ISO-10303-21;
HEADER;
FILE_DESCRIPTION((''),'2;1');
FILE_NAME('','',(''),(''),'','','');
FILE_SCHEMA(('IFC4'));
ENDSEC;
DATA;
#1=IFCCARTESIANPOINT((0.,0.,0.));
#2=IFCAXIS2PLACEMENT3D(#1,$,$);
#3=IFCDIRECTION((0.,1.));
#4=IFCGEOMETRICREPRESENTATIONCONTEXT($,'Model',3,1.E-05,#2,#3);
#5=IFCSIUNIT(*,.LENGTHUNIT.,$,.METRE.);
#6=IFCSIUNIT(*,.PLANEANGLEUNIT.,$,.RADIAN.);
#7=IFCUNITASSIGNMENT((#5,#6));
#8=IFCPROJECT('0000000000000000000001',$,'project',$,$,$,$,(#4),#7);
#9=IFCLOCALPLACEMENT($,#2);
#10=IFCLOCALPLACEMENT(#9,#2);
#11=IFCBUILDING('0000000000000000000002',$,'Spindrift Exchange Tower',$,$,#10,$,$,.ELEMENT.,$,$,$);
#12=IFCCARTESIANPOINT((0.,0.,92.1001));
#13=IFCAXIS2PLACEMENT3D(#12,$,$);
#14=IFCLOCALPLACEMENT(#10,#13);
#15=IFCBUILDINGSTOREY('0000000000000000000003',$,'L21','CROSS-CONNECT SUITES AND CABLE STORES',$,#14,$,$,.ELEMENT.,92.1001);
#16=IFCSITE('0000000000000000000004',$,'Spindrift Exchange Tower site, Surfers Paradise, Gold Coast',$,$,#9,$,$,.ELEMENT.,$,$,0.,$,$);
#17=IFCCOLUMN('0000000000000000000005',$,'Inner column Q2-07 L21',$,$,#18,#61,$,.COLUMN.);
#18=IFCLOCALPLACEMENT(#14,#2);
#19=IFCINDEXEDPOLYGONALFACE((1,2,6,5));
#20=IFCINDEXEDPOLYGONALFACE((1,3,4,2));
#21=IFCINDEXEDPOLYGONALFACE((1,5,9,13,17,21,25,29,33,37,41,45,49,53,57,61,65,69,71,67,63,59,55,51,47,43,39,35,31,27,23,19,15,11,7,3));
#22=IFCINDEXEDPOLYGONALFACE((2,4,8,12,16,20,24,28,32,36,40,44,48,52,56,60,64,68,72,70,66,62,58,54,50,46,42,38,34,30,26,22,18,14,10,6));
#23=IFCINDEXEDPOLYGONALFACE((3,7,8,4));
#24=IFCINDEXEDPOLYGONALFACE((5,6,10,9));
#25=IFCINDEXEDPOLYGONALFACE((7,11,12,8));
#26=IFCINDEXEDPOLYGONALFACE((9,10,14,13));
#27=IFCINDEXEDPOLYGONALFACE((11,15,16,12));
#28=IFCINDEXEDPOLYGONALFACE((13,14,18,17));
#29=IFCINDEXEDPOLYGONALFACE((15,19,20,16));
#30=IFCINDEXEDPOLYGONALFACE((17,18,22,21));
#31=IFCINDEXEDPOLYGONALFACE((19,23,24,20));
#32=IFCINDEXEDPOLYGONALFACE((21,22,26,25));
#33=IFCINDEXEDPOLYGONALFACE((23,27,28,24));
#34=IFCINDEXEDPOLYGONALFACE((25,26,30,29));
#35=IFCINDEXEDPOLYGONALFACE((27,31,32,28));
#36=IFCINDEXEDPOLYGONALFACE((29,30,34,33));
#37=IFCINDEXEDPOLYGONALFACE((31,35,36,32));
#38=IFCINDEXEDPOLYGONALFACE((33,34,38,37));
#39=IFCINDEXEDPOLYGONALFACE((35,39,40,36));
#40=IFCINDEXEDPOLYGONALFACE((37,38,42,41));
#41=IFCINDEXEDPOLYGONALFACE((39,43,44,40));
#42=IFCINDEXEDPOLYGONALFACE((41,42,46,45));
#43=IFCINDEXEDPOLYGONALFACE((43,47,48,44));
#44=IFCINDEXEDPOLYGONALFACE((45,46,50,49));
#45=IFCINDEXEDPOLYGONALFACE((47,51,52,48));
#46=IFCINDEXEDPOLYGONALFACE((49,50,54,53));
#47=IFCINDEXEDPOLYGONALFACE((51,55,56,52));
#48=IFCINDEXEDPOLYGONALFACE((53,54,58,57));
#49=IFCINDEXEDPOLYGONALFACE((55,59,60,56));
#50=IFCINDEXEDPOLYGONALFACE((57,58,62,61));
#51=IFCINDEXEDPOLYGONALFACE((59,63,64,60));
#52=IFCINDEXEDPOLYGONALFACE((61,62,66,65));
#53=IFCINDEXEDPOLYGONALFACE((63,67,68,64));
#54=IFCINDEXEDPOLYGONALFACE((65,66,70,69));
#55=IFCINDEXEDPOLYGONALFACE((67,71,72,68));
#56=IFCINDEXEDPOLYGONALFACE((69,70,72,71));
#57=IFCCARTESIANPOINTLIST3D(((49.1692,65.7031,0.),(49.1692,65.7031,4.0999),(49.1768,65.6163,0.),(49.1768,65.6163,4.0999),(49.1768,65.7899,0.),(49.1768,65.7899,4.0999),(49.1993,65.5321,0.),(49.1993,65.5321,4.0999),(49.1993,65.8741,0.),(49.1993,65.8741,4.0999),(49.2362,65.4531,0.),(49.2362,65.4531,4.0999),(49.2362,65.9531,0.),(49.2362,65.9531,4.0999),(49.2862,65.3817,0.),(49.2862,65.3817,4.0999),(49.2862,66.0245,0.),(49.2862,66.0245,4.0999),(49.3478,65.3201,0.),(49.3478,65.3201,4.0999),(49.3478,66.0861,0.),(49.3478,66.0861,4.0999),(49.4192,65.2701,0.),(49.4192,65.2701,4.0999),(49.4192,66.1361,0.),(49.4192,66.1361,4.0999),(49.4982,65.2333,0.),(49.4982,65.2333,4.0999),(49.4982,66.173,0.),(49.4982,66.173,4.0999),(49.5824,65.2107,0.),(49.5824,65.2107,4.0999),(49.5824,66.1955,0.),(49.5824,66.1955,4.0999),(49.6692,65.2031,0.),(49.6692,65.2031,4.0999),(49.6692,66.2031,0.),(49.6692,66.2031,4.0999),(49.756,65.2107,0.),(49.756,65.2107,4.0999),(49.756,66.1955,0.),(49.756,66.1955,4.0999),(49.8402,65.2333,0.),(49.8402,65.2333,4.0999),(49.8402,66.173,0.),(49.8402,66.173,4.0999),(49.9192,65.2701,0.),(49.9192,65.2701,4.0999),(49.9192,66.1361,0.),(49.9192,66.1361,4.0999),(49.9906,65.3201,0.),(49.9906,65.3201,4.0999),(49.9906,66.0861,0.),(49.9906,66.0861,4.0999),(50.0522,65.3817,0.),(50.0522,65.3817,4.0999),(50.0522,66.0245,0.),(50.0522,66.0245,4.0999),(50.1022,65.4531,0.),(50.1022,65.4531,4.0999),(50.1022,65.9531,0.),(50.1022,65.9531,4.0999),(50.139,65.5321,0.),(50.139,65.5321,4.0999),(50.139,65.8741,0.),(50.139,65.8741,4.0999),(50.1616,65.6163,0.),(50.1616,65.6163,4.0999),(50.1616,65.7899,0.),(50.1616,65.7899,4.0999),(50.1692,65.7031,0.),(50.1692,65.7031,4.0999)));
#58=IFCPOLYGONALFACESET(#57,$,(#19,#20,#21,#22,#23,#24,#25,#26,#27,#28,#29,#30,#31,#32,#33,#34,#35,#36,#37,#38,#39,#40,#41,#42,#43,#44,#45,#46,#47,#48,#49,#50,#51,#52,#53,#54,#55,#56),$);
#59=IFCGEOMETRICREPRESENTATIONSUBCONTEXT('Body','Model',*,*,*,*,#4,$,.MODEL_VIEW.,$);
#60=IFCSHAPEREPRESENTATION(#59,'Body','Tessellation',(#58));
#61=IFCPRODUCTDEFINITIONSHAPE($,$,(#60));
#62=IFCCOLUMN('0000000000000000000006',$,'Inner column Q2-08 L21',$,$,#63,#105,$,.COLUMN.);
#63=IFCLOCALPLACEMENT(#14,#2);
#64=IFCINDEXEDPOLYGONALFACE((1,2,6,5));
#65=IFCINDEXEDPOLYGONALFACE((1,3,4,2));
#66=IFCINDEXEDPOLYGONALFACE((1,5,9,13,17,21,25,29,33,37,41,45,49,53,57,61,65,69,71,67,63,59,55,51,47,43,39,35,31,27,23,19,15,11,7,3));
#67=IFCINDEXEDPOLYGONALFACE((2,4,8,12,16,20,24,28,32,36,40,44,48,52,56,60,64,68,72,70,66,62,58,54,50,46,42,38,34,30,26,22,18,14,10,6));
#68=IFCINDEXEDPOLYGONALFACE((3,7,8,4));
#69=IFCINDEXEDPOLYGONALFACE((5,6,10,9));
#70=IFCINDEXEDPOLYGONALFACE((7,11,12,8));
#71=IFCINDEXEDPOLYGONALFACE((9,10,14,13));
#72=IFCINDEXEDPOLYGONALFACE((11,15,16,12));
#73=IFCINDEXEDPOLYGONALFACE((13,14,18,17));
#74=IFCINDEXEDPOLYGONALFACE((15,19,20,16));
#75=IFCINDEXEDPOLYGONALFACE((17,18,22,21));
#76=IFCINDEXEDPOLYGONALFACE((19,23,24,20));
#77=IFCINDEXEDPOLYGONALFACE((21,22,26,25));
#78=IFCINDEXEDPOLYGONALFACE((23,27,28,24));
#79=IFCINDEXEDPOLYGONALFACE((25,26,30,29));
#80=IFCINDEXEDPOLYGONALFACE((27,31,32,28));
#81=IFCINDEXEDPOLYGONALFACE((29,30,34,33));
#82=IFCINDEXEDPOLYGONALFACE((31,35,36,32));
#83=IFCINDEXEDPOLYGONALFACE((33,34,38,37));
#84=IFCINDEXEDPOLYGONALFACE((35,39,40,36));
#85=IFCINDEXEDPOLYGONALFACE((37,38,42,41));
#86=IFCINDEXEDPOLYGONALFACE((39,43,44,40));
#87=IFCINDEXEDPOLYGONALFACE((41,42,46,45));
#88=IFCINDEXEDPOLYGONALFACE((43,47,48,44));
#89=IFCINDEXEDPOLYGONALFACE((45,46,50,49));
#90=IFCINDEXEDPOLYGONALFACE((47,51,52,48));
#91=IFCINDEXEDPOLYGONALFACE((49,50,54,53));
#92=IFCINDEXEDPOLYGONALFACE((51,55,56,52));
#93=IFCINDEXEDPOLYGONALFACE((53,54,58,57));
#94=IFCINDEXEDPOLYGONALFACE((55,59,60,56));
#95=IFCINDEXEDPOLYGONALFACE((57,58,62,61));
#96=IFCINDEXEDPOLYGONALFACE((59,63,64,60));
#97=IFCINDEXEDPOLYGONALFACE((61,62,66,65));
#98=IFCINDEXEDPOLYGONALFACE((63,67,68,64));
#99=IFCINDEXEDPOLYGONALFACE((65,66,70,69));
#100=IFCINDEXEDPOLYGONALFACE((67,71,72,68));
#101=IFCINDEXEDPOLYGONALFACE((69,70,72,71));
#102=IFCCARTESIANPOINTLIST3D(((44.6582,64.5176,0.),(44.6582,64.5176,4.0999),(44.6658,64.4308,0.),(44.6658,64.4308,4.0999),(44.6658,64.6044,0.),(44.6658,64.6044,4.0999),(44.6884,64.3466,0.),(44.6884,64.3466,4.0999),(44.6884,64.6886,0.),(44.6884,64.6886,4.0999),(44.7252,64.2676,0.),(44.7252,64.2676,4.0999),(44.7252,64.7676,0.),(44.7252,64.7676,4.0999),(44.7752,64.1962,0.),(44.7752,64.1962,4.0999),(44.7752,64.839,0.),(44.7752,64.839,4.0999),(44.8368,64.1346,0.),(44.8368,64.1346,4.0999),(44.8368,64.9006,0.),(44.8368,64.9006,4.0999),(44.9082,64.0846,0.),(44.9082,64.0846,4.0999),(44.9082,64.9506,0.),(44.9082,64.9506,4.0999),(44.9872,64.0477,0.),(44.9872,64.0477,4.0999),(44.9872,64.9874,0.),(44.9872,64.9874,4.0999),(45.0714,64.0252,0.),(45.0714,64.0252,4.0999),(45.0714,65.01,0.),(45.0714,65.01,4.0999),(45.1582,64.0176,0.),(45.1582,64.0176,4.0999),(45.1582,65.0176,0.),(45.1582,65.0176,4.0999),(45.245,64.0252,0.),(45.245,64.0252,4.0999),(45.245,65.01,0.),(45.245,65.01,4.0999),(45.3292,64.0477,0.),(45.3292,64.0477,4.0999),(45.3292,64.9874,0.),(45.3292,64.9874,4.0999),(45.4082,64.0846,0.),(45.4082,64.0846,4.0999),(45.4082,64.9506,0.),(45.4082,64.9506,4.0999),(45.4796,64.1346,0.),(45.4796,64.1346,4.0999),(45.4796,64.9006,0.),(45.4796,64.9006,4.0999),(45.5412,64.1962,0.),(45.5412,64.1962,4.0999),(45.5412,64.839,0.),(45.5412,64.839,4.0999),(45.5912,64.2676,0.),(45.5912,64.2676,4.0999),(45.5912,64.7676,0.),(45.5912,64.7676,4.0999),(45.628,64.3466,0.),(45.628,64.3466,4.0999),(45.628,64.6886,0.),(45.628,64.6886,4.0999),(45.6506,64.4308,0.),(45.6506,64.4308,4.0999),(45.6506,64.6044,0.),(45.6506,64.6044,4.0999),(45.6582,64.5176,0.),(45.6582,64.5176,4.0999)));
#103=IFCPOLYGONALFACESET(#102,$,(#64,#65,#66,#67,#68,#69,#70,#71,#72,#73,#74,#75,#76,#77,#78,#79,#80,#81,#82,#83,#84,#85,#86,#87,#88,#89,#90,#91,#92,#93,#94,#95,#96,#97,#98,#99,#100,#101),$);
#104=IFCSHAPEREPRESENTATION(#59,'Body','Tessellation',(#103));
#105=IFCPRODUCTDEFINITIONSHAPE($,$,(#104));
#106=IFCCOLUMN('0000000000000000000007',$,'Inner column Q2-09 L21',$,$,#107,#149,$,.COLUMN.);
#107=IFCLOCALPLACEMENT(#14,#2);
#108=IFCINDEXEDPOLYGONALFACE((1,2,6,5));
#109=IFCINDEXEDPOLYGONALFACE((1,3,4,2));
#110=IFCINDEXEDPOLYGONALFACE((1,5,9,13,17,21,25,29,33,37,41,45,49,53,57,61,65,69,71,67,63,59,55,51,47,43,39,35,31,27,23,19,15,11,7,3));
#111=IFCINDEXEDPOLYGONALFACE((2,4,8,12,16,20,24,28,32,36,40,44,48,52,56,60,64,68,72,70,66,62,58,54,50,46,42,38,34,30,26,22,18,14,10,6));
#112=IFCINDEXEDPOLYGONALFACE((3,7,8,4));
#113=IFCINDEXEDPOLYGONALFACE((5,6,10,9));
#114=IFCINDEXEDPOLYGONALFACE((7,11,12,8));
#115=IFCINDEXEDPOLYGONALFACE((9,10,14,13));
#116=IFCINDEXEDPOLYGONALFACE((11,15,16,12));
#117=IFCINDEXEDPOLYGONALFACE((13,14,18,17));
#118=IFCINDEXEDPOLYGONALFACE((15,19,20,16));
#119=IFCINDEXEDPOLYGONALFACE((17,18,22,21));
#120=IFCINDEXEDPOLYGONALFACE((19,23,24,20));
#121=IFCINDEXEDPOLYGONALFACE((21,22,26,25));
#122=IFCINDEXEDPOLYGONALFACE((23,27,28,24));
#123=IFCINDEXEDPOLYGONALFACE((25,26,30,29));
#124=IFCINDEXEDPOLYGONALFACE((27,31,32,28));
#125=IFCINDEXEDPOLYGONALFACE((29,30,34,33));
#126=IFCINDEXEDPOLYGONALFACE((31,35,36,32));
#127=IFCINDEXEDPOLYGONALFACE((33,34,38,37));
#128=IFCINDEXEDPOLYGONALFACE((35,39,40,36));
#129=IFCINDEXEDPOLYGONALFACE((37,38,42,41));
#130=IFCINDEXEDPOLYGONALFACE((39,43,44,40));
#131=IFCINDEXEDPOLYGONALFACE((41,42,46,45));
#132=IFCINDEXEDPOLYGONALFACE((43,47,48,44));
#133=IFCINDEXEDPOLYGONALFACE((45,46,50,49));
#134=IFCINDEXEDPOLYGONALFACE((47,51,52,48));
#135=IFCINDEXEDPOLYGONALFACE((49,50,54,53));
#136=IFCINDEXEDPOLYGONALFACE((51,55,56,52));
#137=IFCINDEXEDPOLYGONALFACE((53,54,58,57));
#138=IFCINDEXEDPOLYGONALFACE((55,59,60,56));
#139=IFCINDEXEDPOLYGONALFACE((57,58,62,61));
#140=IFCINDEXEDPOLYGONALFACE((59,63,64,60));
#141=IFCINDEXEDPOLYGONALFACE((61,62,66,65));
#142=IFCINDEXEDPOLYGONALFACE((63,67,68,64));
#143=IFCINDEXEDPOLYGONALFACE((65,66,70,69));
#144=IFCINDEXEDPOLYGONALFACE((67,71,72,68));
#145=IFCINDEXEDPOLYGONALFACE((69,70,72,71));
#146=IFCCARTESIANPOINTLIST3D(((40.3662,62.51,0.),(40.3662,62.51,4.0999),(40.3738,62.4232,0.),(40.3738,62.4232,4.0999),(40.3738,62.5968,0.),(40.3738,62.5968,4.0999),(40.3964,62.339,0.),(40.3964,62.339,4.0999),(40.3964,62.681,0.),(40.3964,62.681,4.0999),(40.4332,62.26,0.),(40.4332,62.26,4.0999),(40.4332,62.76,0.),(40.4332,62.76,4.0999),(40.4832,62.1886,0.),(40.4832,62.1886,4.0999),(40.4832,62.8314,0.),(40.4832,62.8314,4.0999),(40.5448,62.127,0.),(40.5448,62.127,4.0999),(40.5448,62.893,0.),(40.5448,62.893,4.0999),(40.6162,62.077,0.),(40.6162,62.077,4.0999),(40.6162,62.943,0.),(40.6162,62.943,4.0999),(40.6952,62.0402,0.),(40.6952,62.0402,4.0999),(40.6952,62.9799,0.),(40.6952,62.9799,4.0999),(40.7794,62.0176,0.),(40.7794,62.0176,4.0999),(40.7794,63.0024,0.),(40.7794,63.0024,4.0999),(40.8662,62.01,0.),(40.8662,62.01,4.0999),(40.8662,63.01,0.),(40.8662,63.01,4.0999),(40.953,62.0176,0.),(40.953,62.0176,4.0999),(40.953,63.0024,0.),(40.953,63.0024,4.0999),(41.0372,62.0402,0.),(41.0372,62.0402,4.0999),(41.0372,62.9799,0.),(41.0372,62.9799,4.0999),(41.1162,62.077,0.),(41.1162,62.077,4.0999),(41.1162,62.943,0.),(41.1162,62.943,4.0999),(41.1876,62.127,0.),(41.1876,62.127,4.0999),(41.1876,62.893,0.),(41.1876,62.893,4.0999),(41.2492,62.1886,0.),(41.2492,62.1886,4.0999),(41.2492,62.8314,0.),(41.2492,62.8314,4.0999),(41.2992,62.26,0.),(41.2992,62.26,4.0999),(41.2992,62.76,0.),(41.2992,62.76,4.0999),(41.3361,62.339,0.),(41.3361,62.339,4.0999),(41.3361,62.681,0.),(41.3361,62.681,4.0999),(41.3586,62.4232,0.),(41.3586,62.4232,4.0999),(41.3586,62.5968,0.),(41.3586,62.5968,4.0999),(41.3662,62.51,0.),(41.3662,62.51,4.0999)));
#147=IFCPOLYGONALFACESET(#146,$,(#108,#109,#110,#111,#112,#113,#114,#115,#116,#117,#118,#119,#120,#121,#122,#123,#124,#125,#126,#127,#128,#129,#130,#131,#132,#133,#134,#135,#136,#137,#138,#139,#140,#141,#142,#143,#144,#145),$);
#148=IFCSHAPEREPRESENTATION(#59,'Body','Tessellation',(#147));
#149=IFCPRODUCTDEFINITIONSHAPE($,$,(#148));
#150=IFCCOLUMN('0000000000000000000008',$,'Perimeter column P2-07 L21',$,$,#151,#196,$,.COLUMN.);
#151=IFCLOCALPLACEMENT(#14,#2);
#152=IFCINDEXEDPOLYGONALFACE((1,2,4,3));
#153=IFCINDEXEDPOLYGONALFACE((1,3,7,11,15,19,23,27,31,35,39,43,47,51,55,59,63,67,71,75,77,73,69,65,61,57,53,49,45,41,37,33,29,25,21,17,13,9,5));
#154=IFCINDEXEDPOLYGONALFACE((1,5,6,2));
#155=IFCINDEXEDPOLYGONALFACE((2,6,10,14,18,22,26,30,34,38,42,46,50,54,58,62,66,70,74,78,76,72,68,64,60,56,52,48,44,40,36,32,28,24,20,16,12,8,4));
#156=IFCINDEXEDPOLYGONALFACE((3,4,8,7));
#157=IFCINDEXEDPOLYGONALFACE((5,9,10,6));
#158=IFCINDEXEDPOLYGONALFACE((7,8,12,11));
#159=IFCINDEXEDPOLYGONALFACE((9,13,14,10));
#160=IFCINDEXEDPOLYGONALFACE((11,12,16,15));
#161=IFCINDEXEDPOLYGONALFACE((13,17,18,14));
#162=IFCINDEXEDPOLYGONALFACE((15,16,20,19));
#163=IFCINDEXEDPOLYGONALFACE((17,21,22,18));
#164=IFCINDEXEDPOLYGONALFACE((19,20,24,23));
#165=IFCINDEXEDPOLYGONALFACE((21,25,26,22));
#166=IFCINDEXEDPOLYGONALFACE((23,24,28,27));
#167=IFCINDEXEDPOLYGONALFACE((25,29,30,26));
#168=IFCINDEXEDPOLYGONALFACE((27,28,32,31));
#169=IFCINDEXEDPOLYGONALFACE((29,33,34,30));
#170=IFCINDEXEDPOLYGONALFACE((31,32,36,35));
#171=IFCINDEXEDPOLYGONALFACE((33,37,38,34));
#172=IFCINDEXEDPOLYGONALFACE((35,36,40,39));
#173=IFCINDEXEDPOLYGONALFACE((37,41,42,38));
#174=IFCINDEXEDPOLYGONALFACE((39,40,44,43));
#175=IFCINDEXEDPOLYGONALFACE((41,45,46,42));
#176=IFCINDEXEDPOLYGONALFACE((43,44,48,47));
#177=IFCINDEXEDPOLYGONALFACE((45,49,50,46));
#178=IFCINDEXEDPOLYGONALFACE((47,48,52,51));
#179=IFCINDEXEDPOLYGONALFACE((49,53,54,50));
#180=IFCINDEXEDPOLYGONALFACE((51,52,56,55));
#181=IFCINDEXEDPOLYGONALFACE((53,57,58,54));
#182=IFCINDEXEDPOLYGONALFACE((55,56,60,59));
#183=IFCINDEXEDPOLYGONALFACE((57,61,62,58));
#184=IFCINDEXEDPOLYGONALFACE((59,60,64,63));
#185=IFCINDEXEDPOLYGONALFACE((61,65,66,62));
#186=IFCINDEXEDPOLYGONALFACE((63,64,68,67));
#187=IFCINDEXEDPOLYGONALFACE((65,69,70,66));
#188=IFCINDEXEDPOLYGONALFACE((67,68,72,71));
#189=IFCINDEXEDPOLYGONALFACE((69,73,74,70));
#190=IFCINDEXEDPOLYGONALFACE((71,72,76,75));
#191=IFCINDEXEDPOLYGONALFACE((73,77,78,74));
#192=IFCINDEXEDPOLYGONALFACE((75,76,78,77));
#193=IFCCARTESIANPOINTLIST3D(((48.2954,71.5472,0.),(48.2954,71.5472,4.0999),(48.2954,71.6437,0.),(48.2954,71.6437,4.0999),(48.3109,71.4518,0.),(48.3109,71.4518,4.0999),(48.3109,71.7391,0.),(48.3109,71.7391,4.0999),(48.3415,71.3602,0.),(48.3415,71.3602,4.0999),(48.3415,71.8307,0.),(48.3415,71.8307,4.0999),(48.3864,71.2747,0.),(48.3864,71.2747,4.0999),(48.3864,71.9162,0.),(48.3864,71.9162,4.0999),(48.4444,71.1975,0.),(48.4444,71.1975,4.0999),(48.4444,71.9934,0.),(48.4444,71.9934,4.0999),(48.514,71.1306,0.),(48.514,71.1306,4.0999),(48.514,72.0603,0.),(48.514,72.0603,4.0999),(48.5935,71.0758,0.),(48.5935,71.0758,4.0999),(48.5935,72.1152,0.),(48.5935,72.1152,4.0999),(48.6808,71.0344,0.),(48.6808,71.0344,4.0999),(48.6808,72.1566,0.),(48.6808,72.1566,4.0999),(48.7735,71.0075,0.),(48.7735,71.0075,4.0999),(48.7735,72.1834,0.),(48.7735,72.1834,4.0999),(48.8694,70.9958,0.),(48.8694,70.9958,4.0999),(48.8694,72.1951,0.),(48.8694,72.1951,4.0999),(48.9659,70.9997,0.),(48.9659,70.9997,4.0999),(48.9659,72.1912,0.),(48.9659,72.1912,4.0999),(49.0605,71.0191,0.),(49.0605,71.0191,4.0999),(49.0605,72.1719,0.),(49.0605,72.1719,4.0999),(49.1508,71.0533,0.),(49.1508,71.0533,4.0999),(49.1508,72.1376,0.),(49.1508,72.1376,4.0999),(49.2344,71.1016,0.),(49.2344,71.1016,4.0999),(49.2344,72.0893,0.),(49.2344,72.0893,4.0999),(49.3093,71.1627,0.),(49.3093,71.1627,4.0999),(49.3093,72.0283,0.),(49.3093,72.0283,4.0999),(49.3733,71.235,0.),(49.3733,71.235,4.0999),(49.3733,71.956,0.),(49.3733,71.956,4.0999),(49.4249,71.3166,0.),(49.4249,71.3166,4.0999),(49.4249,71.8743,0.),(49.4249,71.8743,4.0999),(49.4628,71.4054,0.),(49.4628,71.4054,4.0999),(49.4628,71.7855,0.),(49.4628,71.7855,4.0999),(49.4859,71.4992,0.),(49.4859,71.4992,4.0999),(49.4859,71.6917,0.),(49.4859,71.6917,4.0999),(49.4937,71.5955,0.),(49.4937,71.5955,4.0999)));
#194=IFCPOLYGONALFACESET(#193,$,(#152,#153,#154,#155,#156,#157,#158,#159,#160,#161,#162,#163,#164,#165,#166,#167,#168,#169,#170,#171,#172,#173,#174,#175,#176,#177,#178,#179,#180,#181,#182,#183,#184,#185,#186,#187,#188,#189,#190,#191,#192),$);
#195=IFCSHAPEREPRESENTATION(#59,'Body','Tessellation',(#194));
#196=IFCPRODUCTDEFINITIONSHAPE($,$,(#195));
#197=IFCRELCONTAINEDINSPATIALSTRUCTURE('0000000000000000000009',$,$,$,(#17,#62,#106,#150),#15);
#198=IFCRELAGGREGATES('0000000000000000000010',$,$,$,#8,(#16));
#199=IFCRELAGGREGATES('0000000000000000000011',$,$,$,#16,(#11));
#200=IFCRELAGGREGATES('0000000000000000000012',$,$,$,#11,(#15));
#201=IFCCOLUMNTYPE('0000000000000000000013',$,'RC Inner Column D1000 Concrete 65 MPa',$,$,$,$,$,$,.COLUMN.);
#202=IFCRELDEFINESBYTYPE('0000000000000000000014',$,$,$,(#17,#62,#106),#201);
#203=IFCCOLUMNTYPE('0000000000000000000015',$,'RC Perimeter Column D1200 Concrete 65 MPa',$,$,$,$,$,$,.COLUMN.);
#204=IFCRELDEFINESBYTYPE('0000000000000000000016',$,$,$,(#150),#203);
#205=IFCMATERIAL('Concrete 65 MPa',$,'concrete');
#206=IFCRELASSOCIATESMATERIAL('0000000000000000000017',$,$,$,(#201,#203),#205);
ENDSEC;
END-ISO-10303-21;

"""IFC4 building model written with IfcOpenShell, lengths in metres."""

from ifc_helpers import new_model, si_unit, direction, frame, origin, origin_2d, place, context, subcontext, project, spatial, circle, extrude, source, transform, mapped, material, material_profile, profile_set, type_object, element, save


model = new_model("IFC4")

# Units and contexts
model_context = context("Model", 3, precision=1e-05, world=origin(), true_north=direction((0.0, 1.0)))
body_context = subcontext(model_context, "Body", "Model", "MODEL_VIEW")
ifc_project = project(units=[si_unit("LENGTHUNIT", "METRE"), si_unit("PLANEANGLEUNIT", "RADIAN")], contexts=[model_context])

# Site, building, storey
site_placement = place(None, origin())
site = spatial("IfcSite", under=ifc_project, at=site_placement, Name="Spindrift Exchange Tower site, Surfers Paradise, Gold Coast", CompositionType="ELEMENT", RefElevation=0.0)
building_placement = place(site_placement, origin())
building = spatial("IfcBuilding", under=site, at=building_placement, Name="Spindrift Exchange Tower", CompositionType="ELEMENT")
storey_placement = place(building_placement, frame((0.0, 0.0, 92.1001)))
storey = spatial("IfcBuildingStorey", under=building, at=storey_placement, Name="L21", Description="CROSS-CONNECT SUITES AND CABLE STORES", CompositionType="ELEMENT", Elevation=92.1001)

# Columns
ifc_material_1 = material(Name="Concrete 65 MPa", Category="concrete")
ifc_material_profile_1 = material_profile(ifc_material_1, circle(Radius=0.5, at=origin_2d()), Name="RC D1000")
ifc_profile_set_1 = profile_set([ifc_material_profile_1], Name="Concrete 65 MPa")
column_type_1 = type_object("IfcColumnType", Name="RC Inner Column D1000 Concrete 65 MPa", PredefinedType="COLUMN", material=ifc_profile_set_1)
shared_shape_1 = source(origin(), body_context, "Body", "SweptSolid", [
    extrude(circle(Radius=0.5, at=origin_2d()), origin(), (0.0, 0.0, 1.0), 4.0999),
])
for number, where, z_axis, x_axis, name in (
    (1, (49.6692, 65.7031, 0.0), (0.0, 0.0, 1.0), (1.0, 0.0, 0.0), "Inner column Q2-07 L21"),
    (2, (45.1582, 64.5176, 0.0), (0.0, 0.0, 1.0), (1.0, 0.0, 0.0), "Inner column Q2-08 L21"),
    (3, (40.8662, 62.51, 0.0), (0.0, 0.0, 1.0), (1.0, 0.0, 0.0), "Inner column Q2-09 L21"),
):
    element("IfcColumn", number, at=place(storey_placement, frame(where, z_axis=z_axis, x_axis=x_axis)), inside=storey, type_object=column_type_1, Name=name, PredefinedType="COLUMN", context=body_context, shape_type="MappedRepresentation", body=[
        mapped(shared_shape_1, transform((0.0, 0.0, 0.0), scale=1.0)),
    ])
ifc_material_profile_2 = material_profile(ifc_material_1, circle(Radius=0.6001, at=origin_2d()), Name="RC D1200")
ifc_profile_set_2 = profile_set([ifc_material_profile_2], Name="Concrete 65 MPa")
column_type_2 = type_object("IfcColumnType", Name="RC Perimeter Column D1200 Concrete 65 MPa", PredefinedType="COLUMN", material=ifc_profile_set_2)
shared_shape_2 = source(origin(), body_context, "Body", "SweptSolid", [
    extrude(circle(Radius=0.6001, at=origin_2d()), origin(), (0.0, 0.0, 1.0), 4.0999),
])
for number, where, z_axis, x_axis, name in (
    (4, (48.8936, 71.5955, 0.0), (0.0, 0.0, 1.0), (1.0, 0.0, 0.0), "Perimeter column P2-07 L21"),
):
    element("IfcColumn", number, at=place(storey_placement, frame(where, z_axis=z_axis, x_axis=x_axis)), inside=storey, type_object=column_type_2, Name=name, PredefinedType="COLUMN", context=body_context, shape_type="MappedRepresentation", body=[
        mapped(shared_shape_2, transform((0.0, 0.0, 0.0), scale=1.0)),
    ])

save(model, "model.ifc")
